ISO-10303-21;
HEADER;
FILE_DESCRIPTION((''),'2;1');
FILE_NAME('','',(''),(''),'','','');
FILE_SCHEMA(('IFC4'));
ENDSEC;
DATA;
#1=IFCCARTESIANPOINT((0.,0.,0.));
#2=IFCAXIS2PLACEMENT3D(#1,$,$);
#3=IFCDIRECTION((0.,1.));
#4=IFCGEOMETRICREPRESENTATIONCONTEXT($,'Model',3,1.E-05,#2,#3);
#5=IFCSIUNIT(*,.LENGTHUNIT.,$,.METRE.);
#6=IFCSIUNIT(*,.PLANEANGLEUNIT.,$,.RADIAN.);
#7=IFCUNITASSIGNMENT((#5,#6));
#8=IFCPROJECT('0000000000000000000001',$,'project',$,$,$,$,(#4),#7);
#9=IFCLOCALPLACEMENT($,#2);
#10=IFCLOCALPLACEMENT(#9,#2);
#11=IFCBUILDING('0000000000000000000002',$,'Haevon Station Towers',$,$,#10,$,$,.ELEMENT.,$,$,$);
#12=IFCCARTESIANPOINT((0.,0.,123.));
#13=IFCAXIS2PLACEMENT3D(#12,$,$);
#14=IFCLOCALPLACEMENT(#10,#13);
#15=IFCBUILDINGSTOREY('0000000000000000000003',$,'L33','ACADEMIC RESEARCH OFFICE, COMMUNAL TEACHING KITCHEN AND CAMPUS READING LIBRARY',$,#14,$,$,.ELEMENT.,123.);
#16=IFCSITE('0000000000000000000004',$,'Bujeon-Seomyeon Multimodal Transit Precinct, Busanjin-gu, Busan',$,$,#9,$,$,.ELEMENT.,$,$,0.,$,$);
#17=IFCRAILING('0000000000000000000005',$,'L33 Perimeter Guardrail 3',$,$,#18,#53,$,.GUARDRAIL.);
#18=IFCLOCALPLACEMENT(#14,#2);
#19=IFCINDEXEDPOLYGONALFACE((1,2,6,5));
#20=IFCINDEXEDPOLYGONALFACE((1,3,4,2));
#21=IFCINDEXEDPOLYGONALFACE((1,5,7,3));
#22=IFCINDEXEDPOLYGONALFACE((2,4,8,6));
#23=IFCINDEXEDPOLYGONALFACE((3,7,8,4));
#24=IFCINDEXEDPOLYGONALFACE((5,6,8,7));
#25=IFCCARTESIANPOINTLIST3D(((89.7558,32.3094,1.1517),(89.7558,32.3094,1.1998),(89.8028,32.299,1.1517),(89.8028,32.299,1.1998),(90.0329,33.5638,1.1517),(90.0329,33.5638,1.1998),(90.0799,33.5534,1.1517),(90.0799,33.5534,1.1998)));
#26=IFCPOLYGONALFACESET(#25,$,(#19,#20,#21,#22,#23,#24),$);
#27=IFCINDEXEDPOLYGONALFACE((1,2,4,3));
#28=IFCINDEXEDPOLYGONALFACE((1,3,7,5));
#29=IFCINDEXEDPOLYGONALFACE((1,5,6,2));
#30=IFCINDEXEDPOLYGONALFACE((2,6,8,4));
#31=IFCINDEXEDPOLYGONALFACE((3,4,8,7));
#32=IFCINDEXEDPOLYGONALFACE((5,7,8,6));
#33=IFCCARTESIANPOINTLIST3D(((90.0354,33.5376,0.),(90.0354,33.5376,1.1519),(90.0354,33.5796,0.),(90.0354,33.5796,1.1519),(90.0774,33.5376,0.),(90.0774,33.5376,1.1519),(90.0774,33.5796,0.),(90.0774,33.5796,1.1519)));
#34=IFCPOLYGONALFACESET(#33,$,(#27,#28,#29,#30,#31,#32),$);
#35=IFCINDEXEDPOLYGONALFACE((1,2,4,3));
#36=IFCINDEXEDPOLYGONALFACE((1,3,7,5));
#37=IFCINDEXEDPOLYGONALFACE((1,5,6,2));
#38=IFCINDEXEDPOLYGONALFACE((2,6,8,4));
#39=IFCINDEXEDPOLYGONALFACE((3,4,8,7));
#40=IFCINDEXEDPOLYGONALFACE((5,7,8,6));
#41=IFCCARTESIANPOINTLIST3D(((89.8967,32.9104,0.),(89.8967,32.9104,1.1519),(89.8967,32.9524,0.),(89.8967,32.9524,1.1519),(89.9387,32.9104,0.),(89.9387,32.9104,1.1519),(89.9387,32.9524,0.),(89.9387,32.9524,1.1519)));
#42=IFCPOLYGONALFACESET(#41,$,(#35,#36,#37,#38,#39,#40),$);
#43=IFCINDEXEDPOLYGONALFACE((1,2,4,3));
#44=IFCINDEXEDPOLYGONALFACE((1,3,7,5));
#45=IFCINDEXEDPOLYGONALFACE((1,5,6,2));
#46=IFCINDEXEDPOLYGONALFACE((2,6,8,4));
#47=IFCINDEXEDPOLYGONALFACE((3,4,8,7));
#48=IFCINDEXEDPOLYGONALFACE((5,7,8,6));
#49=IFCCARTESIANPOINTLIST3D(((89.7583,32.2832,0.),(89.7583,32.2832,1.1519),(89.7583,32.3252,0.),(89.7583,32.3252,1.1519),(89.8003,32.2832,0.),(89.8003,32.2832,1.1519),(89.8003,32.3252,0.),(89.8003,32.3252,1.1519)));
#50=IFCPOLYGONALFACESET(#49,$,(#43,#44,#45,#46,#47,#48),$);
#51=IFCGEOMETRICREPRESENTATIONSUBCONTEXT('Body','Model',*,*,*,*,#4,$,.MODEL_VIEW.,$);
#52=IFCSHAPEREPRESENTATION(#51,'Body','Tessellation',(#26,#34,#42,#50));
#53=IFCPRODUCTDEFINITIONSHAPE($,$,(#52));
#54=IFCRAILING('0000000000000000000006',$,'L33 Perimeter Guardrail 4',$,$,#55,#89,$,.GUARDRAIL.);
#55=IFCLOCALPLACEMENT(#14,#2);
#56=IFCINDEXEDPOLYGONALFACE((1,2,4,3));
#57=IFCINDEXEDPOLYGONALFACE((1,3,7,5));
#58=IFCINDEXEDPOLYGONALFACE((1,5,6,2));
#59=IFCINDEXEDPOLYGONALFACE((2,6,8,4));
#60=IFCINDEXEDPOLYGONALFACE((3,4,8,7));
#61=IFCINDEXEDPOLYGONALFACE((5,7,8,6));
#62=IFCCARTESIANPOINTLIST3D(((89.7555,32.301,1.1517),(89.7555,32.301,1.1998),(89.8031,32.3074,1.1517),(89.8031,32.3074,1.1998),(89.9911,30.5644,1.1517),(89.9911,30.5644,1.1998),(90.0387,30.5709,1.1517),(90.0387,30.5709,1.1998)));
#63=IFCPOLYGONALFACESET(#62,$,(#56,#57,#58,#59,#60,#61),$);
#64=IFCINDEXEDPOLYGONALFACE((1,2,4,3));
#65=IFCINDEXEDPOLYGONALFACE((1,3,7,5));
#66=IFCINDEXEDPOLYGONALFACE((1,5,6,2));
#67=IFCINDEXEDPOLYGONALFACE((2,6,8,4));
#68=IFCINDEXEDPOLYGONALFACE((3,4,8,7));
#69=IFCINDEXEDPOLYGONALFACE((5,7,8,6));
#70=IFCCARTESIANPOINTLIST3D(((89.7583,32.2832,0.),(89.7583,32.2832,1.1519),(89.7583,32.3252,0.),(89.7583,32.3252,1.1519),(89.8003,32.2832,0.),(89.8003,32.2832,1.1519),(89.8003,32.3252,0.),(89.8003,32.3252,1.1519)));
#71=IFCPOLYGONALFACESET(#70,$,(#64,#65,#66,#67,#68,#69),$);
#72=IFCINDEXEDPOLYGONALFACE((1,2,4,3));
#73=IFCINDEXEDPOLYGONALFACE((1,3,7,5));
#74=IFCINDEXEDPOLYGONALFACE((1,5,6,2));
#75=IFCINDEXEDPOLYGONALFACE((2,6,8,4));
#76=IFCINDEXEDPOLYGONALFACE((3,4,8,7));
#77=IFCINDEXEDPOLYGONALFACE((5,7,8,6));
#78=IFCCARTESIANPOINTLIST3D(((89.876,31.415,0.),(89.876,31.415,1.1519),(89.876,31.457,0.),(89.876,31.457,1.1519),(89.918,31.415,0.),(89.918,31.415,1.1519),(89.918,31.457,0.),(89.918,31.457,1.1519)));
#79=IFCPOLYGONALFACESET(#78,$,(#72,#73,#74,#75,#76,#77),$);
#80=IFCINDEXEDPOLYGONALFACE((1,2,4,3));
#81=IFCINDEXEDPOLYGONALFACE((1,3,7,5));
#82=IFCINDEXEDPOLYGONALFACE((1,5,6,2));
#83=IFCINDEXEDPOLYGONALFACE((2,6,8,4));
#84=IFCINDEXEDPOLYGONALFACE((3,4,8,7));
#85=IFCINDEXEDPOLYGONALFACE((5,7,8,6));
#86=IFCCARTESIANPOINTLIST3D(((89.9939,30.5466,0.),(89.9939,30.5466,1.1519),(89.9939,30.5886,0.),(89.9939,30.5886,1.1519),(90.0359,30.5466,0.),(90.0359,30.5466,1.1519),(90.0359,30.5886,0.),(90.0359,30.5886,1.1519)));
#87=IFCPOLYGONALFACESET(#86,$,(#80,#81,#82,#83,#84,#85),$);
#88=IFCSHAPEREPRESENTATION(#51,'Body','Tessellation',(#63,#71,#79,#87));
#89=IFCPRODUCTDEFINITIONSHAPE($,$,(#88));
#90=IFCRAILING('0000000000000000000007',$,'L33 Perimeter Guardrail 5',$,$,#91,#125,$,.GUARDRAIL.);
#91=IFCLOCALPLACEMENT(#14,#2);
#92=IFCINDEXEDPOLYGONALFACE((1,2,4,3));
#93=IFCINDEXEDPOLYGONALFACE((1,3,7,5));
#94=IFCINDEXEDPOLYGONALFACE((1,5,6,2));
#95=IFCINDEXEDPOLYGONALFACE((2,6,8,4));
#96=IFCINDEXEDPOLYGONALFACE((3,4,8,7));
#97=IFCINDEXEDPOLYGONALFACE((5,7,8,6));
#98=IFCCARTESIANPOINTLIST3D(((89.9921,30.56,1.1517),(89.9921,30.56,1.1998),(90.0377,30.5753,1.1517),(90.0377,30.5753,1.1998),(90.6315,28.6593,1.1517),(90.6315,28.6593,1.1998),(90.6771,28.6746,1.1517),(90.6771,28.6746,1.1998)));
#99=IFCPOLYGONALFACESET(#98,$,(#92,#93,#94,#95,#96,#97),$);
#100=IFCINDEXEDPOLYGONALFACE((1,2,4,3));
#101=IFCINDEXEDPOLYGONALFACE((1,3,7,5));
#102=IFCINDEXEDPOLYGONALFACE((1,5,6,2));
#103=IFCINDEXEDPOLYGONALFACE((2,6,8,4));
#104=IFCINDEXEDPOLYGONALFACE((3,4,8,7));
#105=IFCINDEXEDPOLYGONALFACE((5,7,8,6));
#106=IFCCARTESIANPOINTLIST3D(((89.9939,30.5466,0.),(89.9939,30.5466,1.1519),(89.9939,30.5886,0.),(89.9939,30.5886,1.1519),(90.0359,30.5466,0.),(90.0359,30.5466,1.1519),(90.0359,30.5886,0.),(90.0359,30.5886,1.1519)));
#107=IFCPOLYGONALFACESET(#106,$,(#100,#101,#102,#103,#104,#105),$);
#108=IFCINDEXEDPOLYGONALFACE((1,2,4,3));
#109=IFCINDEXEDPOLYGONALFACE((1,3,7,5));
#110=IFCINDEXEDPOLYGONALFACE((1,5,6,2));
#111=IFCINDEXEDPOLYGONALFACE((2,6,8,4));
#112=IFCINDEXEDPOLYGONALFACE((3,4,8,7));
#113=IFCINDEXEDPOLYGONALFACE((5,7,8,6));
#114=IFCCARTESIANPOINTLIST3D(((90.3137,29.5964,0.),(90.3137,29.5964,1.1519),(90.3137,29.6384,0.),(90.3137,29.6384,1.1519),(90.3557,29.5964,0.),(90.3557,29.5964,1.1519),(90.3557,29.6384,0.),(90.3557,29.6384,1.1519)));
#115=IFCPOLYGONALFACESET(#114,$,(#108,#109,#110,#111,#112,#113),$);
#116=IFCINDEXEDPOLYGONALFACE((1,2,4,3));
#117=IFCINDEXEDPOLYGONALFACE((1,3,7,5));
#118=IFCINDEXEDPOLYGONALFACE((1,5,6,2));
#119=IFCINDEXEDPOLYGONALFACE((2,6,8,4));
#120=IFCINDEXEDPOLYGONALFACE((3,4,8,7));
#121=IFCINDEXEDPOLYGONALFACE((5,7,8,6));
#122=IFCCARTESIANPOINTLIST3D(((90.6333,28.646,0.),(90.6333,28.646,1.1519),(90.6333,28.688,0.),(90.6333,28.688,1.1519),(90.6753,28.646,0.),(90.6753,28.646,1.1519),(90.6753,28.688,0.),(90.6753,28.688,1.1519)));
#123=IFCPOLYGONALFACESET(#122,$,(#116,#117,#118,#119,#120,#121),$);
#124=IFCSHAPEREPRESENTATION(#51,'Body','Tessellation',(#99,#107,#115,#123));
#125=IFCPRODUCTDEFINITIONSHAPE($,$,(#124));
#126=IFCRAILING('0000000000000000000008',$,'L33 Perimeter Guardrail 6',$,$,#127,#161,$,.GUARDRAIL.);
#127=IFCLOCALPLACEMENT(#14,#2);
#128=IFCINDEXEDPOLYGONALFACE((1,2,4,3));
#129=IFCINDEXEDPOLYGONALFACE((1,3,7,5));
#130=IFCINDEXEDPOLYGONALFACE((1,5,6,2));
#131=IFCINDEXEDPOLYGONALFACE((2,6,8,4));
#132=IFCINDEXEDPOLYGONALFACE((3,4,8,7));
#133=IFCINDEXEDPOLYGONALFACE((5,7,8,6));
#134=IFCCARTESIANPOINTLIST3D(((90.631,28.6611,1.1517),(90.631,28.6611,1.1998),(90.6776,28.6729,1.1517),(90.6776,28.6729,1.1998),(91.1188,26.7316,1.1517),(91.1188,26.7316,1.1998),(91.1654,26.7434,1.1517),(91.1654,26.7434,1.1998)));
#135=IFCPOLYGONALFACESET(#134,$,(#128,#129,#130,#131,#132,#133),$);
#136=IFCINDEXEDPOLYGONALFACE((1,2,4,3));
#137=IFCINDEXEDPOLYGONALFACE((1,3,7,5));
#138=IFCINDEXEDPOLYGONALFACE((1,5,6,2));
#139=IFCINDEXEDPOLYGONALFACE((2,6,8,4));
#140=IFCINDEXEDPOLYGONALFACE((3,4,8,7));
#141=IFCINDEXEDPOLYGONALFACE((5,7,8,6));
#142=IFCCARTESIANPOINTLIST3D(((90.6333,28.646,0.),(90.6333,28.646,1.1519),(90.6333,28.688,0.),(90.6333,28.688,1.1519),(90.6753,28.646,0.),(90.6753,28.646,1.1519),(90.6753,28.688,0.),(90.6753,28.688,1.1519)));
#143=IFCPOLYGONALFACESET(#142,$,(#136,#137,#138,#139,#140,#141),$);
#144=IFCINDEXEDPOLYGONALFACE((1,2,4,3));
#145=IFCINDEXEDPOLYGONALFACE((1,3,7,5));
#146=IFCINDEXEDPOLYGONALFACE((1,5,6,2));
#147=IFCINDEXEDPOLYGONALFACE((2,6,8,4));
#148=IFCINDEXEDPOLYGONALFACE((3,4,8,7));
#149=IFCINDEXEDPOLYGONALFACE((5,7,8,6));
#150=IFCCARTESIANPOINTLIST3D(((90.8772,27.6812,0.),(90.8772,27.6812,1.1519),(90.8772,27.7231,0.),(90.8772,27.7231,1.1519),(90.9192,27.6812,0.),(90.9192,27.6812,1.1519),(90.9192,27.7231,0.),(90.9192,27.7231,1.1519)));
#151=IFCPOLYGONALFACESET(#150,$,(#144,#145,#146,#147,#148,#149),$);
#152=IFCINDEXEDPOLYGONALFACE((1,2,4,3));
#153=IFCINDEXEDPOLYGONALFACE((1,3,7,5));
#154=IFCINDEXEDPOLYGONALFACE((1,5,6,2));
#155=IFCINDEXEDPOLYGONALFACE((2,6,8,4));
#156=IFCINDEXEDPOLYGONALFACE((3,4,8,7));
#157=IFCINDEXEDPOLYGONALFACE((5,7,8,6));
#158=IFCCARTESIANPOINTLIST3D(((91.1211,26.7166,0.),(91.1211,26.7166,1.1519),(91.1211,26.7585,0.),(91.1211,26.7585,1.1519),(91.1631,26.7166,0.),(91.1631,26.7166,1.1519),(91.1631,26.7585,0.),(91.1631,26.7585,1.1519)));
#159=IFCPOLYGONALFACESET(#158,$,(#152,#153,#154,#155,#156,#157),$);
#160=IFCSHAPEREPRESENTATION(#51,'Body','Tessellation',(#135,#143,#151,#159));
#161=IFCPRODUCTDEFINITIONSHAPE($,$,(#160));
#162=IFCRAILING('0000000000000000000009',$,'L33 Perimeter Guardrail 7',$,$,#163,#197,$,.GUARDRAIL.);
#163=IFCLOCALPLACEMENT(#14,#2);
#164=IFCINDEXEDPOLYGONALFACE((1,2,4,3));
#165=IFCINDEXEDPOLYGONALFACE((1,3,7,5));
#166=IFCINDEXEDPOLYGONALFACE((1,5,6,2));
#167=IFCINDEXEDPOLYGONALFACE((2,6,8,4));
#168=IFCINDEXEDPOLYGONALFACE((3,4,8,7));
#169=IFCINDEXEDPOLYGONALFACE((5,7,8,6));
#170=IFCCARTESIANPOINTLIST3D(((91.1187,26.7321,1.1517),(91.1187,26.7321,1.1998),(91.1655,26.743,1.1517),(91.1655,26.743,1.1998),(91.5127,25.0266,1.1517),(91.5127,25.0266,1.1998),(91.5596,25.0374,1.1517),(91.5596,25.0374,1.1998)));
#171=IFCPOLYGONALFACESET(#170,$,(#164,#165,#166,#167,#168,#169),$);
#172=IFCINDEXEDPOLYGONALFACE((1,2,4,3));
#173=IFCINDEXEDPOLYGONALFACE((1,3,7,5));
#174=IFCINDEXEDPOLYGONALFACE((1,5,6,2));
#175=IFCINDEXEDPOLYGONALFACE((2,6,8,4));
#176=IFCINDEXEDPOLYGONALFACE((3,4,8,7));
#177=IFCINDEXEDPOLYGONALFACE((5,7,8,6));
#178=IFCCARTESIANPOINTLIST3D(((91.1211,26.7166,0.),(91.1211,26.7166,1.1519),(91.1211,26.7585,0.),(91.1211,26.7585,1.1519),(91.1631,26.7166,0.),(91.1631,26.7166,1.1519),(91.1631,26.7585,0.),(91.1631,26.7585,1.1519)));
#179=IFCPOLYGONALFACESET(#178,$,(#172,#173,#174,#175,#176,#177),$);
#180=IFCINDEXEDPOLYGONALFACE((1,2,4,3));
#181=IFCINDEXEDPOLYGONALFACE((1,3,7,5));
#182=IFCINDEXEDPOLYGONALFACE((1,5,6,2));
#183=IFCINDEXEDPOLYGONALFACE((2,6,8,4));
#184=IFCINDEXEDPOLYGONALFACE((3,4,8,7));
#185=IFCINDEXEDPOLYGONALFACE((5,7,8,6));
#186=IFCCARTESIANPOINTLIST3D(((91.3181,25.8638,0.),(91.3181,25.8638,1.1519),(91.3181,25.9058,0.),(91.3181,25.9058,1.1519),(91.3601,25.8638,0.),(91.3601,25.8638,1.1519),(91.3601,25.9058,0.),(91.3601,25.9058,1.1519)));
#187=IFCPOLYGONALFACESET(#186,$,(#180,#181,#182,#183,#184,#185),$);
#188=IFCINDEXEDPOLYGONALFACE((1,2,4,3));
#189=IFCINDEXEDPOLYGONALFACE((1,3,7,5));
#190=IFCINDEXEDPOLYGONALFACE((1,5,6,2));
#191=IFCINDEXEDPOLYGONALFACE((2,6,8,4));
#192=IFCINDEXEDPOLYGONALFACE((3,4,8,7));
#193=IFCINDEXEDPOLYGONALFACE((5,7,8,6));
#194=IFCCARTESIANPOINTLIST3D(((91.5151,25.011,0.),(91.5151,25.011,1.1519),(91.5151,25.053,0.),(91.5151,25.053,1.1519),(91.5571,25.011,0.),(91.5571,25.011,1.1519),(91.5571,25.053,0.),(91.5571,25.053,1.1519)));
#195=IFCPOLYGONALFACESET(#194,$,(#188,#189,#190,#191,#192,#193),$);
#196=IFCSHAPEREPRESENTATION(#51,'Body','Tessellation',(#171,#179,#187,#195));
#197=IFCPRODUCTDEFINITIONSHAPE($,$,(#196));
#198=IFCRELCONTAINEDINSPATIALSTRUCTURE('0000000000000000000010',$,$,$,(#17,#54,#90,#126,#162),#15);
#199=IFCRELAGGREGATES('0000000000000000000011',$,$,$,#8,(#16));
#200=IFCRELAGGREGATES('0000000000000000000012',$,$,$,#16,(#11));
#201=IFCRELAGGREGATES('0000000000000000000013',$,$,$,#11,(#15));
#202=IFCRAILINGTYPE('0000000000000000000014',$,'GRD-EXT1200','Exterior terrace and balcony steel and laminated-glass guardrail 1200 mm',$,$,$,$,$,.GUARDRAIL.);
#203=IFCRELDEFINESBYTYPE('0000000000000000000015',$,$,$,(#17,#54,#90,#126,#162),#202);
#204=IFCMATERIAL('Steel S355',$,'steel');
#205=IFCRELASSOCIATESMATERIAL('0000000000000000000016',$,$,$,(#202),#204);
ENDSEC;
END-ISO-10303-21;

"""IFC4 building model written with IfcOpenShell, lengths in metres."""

from ifc_helpers import new_model, si_unit, direction, frame, origin, origin_2d, place, context, subcontext, project, spatial, rectangle, extrude, material, type_object, element, save


model = new_model("IFC4")

# Units and contexts
model_context = context("Model", 3, precision=1e-05, world=origin(), true_north=direction((0.0, 1.0)))
body_context = subcontext(model_context, "Body", "Model", "MODEL_VIEW")
ifc_project = project(units=[si_unit("LENGTHUNIT", "METRE"), si_unit("PLANEANGLEUNIT", "RADIAN")], contexts=[model_context])

# Site, building, storey
site_placement = place(None, origin())
site = spatial("IfcSite", under=ifc_project, at=site_placement, Name="Bujeon-Seomyeon Multimodal Transit Precinct, Busanjin-gu, Busan", CompositionType="ELEMENT", RefElevation=0.0)
building_placement = place(site_placement, origin())
building = spatial("IfcBuilding", under=site, at=building_placement, Name="Haevon Station Towers", CompositionType="ELEMENT")
storey_placement = place(building_placement, frame((0.0, 0.0, 123.0)))
storey = spatial("IfcBuildingStorey", under=building, at=storey_placement, Name="L33", Description="ACADEMIC RESEARCH OFFICE, COMMUNAL TEACHING KITCHEN AND CAMPUS READING LIBRARY", CompositionType="ELEMENT", Elevation=123.0)

# Shared definitions
ifc_material_1 = material(Name="Steel S355", Category="steel")

# Railings
railing_type = type_object("IfcRailingType", Name="GRD-EXT1200", Description="Exterior terrace and balcony steel and laminated-glass guardrail 1200 mm", PredefinedType="GUARDRAIL", material=ifc_material_1)
railing_1_placement = place(storey_placement, frame((90.0564, 33.5586, 0.0)))
element("IfcRailing", 1, at=railing_1_placement, inside=storey, type_object=railing_type, Name="L33 Perimeter Guardrail 3", PredefinedType="GUARDRAIL", context=body_context, shape_type="SweptSolid", body=[
    extrude(rectangle(XDim=0.0481, YDim=0.0481, at=origin_2d()), frame((0.0, 0.0, 1.1758), z_axis=(-0.215703, -0.976459, 0.0), x_axis=(0.976459, -0.215703, 0.0)), (0.0, 0.0, 1.0), 1.2847),
    extrude(rectangle(XDim=0.042, YDim=0.042, at=origin_2d()), origin(), (0.0, 0.0, 1.0), 1.1519),
    extrude(rectangle(XDim=0.042, YDim=0.042, at=origin_2d()), frame((-0.1387, -0.6272, 0.0)), (0.0, 0.0, 1.0), 1.1519),
    extrude(rectangle(XDim=0.042, YDim=0.042, at=origin_2d()), frame((-0.2771, -1.2544, 0.0)), (0.0, 0.0, 1.0), 1.1519),
])
railing_2_placement = place(storey_placement, frame((89.7793, 32.3042, 0.0)))
element("IfcRailing", 2, at=railing_2_placement, inside=storey, type_object=railing_type, Name="L33 Perimeter Guardrail 4", PredefinedType="GUARDRAIL", context=body_context, shape_type="SweptSolid", body=[
    extrude(rectangle(XDim=0.0481, YDim=0.0481, at=origin_2d()), frame((0.0, 0.0, 1.1758), z_axis=(0.134436, -0.990922, 0.0), x_axis=(0.990922, 0.134436, 0.0)), (0.0, 0.0, 1.0), 1.7524),
    extrude(rectangle(XDim=0.042, YDim=0.042, at=origin_2d()), origin(), (0.0, 0.0, 1.0), 1.1519),
    extrude(rectangle(XDim=0.042, YDim=0.042, at=origin_2d()), frame((0.1177, -0.8682, 0.0)), (0.0, 0.0, 1.0), 1.1519),
    extrude(rectangle(XDim=0.042, YDim=0.042, at=origin_2d()), frame((0.2356, -1.7366, 0.0)), (0.0, 0.0, 1.0), 1.1519),
])
railing_3_placement = place(storey_placement, frame((90.0149, 30.5676, 0.0)))
element("IfcRailing", 3, at=railing_3_placement, inside=storey, type_object=railing_type, Name="L33 Perimeter Guardrail 5", PredefinedType="GUARDRAIL", context=body_context, shape_type="SweptSolid", body=[
    extrude(rectangle(XDim=0.0481, YDim=0.0481, at=origin_2d()), frame((0.0, 0.0, 1.1758), z_axis=(0.318856, -0.947803, 0.0), x_axis=(0.947803, 0.318856, 0.0)), (0.0, 0.0, 1.0), 2.0054),
    extrude(rectangle(XDim=0.042, YDim=0.042, at=origin_2d()), origin(), (0.0, 0.0, 1.0), 1.1519),
    extrude(rectangle(XDim=0.042, YDim=0.042, at=origin_2d()), frame((0.3198, -0.9502, 0.0)), (0.0, 0.0, 1.0), 1.1519),
    extrude(rectangle(XDim=0.042, YDim=0.042, at=origin_2d()), frame((0.6394, -1.9006, 0.0)), (0.0, 0.0, 1.0), 1.1519),
])
railing_4_placement = place(storey_placement, frame((90.6543, 28.667, 0.0)))
element("IfcRailing", 4, at=railing_4_placement, inside=storey, type_object=railing_type, Name="L33 Perimeter Guardrail 6", PredefinedType="GUARDRAIL", context=body_context, shape_type="SweptSolid", body=[
    extrude(rectangle(XDim=0.0481, YDim=0.0481, at=origin_2d()), frame((0.0, 0.0, 1.1758), z_axis=(0.245104, -0.969497, 0.0), x_axis=(0.969497, 0.245104, 0.0)), (0.0, 0.0, 1.0), 1.9902),
    extrude(rectangle(XDim=0.042, YDim=0.042, at=origin_2d()), origin(), (0.0, 0.0, 1.0), 1.1519),
    extrude(rectangle(XDim=0.042, YDim=0.042, at=origin_2d()), frame((0.2439, -0.9648, 0.0)), (0.0, 0.0, 1.0), 1.1519),
    extrude(rectangle(XDim=0.042, YDim=0.042, at=origin_2d()), frame((0.4878, -1.9294, 0.0)), (0.0, 0.0, 1.0), 1.1519),
])
railing_5_placement = place(storey_placement, frame((91.1421, 26.7375, 0.0)))
element("IfcRailing", 5, at=railing_5_placement, inside=storey, type_object=railing_type, Name="L33 Perimeter Guardrail 7", PredefinedType="GUARDRAIL", context=body_context, shape_type="SweptSolid", body=[
    extrude(rectangle(XDim=0.0481, YDim=0.0481, at=origin_2d()), frame((0.0, 0.0, 1.1758), z_axis=(0.225104, -0.974335, 0.0), x_axis=(0.974335, 0.225104, 0.0)), (0.0, 0.0, 1.0), 1.7505),
    extrude(rectangle(XDim=0.042, YDim=0.042, at=origin_2d()), origin(), (0.0, 0.0, 1.0), 1.1519),
    extrude(rectangle(XDim=0.042, YDim=0.042, at=origin_2d()), frame((0.197, -0.8528, 0.0)), (0.0, 0.0, 1.0), 1.1519),
    extrude(rectangle(XDim=0.042, YDim=0.042, at=origin_2d()), frame((0.394, -1.7056, 0.0)), (0.0, 0.0, 1.0), 1.1519),
])

save(model, "model.ifc")
